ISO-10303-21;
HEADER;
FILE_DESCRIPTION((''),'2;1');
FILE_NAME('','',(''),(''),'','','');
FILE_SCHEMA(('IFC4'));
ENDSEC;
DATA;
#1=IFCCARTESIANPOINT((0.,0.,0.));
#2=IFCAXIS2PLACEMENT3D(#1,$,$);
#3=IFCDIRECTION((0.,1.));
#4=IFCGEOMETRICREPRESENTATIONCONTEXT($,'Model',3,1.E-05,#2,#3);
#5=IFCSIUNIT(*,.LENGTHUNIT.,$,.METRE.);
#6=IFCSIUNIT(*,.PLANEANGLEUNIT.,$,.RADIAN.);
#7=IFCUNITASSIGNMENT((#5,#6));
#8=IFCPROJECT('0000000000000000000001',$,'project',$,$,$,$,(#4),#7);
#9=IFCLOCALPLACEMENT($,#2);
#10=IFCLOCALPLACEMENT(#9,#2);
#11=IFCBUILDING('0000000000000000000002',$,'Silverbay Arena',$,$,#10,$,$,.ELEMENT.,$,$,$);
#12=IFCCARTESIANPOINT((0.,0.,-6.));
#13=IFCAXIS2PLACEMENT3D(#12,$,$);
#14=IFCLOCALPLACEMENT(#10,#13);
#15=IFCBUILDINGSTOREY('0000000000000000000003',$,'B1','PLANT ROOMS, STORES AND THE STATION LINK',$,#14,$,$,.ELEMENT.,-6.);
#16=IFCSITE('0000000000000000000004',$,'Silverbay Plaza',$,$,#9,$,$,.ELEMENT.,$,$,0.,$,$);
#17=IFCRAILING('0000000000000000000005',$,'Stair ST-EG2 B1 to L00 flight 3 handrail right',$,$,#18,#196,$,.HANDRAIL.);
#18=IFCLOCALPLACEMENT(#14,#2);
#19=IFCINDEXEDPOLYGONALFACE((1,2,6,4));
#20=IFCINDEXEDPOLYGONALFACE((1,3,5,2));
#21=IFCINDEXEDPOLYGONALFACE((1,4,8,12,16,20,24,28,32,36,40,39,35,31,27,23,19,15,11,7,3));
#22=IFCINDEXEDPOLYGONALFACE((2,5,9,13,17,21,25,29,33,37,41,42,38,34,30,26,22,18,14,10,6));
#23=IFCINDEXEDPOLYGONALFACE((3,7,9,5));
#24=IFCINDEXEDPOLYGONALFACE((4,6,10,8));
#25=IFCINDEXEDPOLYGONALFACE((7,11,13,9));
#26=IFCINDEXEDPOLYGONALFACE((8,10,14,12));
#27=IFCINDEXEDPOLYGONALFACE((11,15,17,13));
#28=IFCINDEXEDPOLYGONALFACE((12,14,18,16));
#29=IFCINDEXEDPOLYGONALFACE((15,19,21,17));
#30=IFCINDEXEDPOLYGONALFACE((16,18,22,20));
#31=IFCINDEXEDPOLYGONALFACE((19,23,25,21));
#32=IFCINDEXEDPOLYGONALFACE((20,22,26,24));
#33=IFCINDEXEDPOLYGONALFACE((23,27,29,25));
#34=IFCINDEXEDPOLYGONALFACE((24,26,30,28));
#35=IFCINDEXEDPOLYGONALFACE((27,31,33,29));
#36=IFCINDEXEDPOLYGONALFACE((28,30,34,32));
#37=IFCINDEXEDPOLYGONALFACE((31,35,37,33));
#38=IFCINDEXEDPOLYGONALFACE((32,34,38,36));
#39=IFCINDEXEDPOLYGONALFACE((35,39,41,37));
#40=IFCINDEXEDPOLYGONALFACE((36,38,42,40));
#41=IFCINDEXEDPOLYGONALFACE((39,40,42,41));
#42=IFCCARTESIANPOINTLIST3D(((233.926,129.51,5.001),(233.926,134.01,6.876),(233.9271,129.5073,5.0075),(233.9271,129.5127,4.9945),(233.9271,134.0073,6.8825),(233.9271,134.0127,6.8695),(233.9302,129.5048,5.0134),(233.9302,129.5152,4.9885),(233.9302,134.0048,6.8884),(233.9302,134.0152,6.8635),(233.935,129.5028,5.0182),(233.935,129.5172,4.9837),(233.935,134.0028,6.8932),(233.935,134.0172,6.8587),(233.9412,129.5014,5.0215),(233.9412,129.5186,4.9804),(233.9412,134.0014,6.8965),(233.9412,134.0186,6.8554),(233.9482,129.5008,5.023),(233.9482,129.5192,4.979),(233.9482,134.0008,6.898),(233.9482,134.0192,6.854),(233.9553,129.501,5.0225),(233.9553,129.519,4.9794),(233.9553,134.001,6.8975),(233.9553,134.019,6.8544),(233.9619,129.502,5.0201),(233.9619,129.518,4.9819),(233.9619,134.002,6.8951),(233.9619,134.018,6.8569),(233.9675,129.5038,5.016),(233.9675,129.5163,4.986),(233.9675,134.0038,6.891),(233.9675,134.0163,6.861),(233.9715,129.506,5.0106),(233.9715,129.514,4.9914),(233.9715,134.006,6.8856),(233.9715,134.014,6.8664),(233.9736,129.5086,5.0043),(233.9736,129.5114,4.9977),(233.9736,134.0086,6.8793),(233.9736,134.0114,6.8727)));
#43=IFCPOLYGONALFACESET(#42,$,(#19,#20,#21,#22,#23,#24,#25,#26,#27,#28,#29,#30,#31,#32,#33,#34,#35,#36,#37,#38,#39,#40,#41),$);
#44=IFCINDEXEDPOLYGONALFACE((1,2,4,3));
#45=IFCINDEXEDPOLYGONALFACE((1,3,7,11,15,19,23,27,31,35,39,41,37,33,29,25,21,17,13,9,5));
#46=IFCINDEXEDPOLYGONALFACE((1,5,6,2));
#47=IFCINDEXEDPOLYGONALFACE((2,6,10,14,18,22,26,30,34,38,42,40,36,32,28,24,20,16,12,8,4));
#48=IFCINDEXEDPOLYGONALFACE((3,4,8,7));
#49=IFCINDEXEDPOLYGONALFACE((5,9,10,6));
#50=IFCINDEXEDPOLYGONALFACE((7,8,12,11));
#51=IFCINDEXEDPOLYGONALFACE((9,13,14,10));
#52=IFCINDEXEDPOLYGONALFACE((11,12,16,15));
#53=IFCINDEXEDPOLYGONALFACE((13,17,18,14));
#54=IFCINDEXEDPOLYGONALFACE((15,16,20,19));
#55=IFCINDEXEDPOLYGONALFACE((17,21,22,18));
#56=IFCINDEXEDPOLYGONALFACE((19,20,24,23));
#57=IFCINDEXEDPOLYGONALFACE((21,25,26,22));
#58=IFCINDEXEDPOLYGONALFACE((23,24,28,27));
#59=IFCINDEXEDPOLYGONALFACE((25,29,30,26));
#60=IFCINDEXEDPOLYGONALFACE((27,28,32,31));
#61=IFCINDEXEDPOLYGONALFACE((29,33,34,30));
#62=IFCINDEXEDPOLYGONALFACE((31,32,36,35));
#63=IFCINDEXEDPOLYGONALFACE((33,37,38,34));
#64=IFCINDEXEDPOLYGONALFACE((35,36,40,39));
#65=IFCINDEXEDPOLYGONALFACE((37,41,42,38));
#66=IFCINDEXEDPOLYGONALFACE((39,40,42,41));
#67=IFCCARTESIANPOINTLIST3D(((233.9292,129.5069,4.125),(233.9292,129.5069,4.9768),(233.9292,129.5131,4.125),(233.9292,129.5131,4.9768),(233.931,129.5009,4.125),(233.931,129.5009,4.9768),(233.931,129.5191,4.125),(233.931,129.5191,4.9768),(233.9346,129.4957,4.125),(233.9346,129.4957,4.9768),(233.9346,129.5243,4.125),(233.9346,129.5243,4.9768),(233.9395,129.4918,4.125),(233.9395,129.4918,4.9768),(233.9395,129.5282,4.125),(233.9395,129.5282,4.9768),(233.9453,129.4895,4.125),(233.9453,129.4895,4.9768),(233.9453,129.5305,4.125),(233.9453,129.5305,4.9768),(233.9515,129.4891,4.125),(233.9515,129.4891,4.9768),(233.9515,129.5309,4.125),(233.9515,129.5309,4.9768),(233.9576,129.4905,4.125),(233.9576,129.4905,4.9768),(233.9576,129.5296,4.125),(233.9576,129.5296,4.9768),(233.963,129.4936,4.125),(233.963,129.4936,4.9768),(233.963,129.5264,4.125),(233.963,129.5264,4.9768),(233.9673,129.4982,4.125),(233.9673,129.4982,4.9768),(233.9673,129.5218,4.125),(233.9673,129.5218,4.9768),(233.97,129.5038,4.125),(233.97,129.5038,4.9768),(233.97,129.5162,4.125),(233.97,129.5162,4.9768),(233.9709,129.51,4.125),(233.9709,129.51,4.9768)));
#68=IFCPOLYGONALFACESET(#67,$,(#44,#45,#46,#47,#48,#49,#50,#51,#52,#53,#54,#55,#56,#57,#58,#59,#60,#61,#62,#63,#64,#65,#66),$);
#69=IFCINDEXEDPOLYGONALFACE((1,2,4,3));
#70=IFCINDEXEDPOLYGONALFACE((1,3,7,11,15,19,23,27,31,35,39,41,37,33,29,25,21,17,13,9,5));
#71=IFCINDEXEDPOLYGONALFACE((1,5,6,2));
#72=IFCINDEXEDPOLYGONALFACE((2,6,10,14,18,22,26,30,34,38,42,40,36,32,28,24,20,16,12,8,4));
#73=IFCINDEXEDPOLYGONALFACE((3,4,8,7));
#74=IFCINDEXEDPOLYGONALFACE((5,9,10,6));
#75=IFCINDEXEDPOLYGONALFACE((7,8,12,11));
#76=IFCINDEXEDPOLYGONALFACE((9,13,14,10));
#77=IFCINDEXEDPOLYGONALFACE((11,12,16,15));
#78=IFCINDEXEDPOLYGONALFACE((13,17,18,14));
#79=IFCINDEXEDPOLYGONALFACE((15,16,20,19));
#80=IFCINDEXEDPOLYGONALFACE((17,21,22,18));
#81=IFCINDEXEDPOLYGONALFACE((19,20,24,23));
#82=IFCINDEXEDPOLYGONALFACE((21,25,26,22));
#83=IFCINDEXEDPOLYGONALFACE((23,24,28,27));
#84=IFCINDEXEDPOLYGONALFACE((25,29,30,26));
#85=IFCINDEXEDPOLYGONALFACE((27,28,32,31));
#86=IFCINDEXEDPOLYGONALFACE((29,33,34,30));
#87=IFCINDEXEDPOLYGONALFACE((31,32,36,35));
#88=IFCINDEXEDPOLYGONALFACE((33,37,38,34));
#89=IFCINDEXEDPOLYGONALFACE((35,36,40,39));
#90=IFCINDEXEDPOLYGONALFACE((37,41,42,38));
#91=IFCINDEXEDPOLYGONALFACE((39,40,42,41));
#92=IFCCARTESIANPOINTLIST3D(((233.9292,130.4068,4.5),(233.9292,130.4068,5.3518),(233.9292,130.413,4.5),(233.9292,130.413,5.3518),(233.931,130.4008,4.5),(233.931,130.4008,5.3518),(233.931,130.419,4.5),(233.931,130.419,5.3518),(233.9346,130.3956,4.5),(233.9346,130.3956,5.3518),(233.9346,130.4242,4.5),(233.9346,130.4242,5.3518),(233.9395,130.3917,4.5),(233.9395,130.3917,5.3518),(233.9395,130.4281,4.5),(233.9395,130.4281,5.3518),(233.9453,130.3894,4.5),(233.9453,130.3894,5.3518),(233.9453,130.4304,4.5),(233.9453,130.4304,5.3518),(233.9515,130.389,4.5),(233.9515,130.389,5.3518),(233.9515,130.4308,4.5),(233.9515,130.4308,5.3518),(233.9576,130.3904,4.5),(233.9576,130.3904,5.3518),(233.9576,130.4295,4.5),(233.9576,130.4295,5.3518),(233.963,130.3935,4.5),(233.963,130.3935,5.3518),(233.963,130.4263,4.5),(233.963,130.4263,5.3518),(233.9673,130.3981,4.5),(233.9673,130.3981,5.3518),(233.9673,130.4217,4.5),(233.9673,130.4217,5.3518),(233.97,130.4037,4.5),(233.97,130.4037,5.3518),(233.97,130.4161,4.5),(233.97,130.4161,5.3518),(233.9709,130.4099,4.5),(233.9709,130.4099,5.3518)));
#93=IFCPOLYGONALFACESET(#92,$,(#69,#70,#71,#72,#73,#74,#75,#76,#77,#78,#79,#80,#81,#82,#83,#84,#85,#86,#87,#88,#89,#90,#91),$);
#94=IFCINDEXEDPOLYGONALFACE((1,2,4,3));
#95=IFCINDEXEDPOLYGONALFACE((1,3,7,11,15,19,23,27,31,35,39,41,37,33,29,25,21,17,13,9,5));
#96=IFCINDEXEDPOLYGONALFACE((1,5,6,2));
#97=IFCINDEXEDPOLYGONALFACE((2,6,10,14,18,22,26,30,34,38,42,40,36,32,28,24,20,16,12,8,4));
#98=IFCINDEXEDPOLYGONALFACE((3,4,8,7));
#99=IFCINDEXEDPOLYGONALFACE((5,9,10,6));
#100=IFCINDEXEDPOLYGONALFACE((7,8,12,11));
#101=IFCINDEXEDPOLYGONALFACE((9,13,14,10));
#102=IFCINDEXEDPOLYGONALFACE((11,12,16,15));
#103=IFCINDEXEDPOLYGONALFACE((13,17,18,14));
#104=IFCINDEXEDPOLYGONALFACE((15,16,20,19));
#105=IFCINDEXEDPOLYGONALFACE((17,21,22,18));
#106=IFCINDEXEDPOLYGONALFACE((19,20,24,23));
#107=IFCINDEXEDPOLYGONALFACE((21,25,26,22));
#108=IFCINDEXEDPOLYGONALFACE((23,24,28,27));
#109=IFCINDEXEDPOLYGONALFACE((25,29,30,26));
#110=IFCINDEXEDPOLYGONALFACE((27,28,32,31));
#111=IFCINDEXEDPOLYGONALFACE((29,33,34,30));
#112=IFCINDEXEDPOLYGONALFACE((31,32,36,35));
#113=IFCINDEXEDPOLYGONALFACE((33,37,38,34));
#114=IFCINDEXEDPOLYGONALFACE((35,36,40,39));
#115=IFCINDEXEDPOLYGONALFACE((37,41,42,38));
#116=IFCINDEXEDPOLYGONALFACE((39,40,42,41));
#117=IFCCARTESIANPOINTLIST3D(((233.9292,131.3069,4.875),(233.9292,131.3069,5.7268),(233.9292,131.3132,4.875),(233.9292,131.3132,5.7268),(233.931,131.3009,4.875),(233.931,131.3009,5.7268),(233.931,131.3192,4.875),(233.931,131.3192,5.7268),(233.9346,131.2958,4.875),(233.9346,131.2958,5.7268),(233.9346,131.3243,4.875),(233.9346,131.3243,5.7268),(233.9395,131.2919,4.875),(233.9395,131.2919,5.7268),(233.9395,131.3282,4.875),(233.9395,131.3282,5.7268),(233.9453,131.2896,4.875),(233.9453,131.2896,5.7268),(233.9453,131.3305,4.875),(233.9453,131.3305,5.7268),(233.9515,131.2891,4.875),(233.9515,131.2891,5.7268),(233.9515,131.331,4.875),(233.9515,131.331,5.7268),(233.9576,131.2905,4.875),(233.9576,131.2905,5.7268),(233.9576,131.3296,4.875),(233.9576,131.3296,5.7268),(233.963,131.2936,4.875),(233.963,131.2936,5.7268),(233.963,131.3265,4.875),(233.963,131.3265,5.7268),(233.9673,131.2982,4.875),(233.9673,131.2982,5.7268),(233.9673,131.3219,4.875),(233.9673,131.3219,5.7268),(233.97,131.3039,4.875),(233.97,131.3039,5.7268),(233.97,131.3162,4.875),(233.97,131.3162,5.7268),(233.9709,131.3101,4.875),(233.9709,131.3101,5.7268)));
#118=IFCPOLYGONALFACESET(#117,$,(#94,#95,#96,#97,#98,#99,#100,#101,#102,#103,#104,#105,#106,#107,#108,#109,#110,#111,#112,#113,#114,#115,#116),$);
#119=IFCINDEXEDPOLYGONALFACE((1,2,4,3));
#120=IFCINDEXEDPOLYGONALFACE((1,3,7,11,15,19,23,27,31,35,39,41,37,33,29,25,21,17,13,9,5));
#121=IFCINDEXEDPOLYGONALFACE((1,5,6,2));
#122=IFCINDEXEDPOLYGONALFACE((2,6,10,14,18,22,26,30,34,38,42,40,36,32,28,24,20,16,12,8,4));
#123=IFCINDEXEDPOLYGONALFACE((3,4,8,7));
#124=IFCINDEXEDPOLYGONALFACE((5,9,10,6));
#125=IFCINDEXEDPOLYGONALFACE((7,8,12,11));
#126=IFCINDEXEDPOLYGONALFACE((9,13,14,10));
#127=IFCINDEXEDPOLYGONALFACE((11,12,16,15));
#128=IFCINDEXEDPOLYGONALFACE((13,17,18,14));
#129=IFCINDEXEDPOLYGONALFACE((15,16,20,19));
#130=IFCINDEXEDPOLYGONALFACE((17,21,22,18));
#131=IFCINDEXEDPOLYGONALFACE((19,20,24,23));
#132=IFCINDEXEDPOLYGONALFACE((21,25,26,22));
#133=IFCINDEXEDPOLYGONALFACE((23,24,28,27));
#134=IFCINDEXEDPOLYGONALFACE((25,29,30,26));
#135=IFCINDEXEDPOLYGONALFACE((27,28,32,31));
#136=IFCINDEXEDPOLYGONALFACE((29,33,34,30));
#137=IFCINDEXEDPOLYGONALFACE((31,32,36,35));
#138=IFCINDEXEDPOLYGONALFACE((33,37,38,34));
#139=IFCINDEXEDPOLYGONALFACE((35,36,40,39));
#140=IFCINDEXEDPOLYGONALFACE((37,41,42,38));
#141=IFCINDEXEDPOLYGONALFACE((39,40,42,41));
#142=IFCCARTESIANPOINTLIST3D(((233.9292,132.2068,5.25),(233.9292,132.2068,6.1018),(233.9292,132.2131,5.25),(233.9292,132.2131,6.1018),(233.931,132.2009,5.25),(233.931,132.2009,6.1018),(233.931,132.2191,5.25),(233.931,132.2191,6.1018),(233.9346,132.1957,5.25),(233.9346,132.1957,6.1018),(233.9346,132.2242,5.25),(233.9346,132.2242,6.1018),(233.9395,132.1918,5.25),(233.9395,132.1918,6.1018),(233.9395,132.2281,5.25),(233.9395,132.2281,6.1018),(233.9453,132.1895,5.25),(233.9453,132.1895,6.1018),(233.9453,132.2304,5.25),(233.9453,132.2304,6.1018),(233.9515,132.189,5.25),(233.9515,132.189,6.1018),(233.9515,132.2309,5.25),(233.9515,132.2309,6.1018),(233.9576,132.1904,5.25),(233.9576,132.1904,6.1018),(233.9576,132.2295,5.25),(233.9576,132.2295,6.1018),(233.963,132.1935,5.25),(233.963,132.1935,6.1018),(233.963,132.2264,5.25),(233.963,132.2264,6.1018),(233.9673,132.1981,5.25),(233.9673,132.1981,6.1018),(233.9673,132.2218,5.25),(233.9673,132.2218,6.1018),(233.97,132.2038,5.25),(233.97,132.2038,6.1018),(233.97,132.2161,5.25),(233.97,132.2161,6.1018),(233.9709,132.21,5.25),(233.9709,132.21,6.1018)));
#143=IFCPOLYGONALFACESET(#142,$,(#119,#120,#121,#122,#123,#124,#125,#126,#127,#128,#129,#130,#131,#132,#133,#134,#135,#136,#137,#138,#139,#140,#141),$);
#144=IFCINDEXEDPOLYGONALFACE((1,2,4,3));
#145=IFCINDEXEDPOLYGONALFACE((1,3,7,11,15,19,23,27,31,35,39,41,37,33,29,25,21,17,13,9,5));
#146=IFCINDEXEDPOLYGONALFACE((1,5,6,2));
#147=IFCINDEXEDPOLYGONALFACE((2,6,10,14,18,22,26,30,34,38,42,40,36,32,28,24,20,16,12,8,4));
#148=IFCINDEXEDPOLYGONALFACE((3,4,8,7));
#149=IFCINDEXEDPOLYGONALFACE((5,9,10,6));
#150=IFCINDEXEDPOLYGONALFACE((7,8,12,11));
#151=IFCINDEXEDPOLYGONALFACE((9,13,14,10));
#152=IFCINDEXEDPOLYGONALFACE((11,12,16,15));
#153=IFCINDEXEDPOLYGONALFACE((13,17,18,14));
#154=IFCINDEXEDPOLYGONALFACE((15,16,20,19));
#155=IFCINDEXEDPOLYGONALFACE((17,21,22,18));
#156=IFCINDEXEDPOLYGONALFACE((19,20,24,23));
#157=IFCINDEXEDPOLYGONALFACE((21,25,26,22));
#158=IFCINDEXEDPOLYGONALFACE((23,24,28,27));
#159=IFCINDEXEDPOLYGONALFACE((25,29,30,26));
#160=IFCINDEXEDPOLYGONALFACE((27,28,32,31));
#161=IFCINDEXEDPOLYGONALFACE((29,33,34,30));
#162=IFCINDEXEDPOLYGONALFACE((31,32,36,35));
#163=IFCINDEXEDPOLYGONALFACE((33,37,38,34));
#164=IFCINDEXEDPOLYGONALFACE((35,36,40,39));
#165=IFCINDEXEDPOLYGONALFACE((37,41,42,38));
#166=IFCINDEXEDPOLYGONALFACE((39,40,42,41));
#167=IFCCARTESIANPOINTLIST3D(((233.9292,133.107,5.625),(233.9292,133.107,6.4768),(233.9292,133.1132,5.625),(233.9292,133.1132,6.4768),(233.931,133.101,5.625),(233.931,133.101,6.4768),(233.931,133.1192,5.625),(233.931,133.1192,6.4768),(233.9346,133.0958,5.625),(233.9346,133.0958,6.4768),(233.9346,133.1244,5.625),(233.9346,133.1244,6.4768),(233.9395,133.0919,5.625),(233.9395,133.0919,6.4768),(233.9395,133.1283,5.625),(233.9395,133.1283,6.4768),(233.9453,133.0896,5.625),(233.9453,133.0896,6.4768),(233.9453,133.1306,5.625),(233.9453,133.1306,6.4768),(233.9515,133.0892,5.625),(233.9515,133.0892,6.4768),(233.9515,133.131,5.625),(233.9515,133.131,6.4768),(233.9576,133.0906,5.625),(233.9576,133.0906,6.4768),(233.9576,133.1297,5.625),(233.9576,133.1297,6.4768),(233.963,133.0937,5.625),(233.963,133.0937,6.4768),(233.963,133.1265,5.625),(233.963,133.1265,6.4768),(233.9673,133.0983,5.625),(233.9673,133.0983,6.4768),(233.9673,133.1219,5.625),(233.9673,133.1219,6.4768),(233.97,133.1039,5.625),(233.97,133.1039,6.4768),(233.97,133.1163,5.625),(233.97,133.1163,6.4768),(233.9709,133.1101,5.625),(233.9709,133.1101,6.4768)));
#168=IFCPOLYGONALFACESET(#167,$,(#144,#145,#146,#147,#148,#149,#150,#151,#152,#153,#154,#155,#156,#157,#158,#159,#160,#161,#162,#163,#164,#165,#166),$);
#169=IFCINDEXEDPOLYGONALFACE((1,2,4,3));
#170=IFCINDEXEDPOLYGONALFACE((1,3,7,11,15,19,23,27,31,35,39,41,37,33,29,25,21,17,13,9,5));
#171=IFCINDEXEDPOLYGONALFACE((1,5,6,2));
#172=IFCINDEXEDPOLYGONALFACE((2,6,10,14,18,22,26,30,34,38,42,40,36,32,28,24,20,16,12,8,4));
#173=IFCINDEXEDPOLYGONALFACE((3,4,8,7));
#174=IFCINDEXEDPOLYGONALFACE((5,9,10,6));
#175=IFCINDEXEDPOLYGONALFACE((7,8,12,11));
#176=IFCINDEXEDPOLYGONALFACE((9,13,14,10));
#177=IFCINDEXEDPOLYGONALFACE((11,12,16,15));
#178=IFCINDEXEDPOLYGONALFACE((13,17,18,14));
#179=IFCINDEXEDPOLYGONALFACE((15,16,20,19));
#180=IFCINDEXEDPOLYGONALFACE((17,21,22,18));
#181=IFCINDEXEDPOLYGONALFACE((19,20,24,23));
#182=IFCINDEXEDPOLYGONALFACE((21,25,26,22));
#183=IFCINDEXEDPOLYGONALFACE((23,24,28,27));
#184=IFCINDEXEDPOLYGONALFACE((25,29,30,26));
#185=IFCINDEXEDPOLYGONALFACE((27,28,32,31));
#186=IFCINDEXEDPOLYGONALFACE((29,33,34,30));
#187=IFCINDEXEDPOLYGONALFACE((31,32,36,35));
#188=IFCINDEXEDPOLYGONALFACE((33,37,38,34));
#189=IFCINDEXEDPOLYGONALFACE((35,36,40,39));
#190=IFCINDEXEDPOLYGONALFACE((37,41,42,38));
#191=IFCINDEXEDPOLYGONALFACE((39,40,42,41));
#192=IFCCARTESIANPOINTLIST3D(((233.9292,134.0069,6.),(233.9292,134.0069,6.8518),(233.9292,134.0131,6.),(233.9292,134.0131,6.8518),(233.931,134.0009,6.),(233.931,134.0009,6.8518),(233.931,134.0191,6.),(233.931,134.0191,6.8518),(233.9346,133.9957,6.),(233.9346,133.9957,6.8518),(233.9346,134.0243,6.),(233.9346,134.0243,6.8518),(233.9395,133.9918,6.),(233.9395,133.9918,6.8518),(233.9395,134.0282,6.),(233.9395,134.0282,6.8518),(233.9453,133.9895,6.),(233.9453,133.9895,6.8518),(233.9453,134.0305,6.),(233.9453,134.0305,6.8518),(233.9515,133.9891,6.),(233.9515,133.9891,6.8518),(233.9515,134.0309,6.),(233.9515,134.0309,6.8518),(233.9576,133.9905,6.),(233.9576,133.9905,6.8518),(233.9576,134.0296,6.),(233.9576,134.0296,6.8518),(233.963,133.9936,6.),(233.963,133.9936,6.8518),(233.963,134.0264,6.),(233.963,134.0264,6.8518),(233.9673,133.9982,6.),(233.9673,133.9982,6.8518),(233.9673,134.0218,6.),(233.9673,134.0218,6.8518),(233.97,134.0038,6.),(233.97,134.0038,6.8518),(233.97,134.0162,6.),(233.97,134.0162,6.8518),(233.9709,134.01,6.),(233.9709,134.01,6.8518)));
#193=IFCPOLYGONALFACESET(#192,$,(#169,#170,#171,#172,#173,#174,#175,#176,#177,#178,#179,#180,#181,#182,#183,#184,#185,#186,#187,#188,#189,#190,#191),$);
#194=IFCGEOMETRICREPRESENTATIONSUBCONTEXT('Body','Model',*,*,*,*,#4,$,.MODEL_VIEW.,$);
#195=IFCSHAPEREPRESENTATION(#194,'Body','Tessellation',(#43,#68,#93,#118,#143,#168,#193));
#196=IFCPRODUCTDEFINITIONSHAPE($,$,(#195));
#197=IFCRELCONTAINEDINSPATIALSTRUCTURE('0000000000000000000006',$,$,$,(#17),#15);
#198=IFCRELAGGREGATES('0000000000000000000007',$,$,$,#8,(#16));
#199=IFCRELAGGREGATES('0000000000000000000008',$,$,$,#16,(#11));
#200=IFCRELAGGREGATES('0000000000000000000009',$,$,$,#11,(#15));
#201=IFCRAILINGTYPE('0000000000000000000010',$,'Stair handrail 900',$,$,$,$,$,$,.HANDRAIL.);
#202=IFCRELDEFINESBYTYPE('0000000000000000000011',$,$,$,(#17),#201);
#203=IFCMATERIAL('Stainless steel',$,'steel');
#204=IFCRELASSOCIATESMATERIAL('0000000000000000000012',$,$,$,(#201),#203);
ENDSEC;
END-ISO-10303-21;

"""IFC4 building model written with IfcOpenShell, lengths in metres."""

from ifc_helpers import new_model, si_unit, direction, frame, origin, origin_2d, place, context, subcontext, project, spatial, circle, extrude, material, type_object, element, save


model = new_model("IFC4")

# Units and contexts
model_context = context("Model", 3, precision=1e-05, world=origin(), true_north=direction((0.0, 1.0)))
body_context = subcontext(model_context, "Body", "Model", "MODEL_VIEW")
ifc_project = project(units=[si_unit("LENGTHUNIT", "METRE"), si_unit("PLANEANGLEUNIT", "RADIAN")], contexts=[model_context])

# Site, building, storey
site_placement = place(None, origin())
site = spatial("IfcSite", under=ifc_project, at=site_placement, Name="Silverbay Plaza", CompositionType="ELEMENT", RefElevation=0.0)
building_placement = place(site_placement, origin())
building = spatial("IfcBuilding", under=site, at=building_placement, Name="Silverbay Arena", CompositionType="ELEMENT")
storey_placement = place(building_placement, frame((0.0, 0.0, -6.0)))
storey = spatial("IfcBuildingStorey", under=building, at=storey_placement, Name="B1", Description="PLANT ROOMS, STORES AND THE STATION LINK", CompositionType="ELEMENT", Elevation=-6.0)

# Railing
ifc_material_1 = material(Name="Stainless steel", Category="steel")
railing_type_1 = type_object("IfcRailingType", Name="Stair handrail 900", PredefinedType="HANDRAIL", material=ifc_material_1)
for number, where, name in (
    (1, (233.95, 129.51, 4.125), "Stair ST-EG2 B1 to L00 flight 3 handrail right"),
):
    element("IfcRailing", number, at=place(storey_placement, frame(where)), inside=storey, type_object=railing_type_1, Name=name, PredefinedType="HANDRAIL", context=body_context, shape_type="SweptSolid", body=[
        extrude(circle(Radius=0.0239, at=origin_2d()), frame((0.0, 0.0, 0.876), z_axis=(0.0, 0.923077, 0.384615), x_axis=(-1.0, 0.0, 0.0)), (0.0, 0.0, 1.0), 4.875),
        extrude(circle(Radius=0.021, at=origin_2d()), origin(), (0.0, 0.0, 1.0), 0.8518),
        extrude(circle(Radius=0.021, at=origin_2d()), frame((0.0, 0.8999, 0.375)), (0.0, 0.0, 1.0), 0.8518),
        extrude(circle(Radius=0.021, at=origin_2d()), frame((0.0, 1.8, 0.75)), (0.0, 0.0, 1.0), 0.8518),
        extrude(circle(Radius=0.021, at=origin_2d()), frame((0.0, 2.7, 1.125)), (0.0, 0.0, 1.0), 0.8518),
        extrude(circle(Radius=0.021, at=origin_2d()), frame((0.0, 3.6001, 1.5)), (0.0, 0.0, 1.0), 0.8518),
        extrude(circle(Radius=0.021, at=origin_2d()), frame((0.0, 4.5, 1.875)), (0.0, 0.0, 1.0), 0.8518),
    ])

save(model, "model.ifc")
